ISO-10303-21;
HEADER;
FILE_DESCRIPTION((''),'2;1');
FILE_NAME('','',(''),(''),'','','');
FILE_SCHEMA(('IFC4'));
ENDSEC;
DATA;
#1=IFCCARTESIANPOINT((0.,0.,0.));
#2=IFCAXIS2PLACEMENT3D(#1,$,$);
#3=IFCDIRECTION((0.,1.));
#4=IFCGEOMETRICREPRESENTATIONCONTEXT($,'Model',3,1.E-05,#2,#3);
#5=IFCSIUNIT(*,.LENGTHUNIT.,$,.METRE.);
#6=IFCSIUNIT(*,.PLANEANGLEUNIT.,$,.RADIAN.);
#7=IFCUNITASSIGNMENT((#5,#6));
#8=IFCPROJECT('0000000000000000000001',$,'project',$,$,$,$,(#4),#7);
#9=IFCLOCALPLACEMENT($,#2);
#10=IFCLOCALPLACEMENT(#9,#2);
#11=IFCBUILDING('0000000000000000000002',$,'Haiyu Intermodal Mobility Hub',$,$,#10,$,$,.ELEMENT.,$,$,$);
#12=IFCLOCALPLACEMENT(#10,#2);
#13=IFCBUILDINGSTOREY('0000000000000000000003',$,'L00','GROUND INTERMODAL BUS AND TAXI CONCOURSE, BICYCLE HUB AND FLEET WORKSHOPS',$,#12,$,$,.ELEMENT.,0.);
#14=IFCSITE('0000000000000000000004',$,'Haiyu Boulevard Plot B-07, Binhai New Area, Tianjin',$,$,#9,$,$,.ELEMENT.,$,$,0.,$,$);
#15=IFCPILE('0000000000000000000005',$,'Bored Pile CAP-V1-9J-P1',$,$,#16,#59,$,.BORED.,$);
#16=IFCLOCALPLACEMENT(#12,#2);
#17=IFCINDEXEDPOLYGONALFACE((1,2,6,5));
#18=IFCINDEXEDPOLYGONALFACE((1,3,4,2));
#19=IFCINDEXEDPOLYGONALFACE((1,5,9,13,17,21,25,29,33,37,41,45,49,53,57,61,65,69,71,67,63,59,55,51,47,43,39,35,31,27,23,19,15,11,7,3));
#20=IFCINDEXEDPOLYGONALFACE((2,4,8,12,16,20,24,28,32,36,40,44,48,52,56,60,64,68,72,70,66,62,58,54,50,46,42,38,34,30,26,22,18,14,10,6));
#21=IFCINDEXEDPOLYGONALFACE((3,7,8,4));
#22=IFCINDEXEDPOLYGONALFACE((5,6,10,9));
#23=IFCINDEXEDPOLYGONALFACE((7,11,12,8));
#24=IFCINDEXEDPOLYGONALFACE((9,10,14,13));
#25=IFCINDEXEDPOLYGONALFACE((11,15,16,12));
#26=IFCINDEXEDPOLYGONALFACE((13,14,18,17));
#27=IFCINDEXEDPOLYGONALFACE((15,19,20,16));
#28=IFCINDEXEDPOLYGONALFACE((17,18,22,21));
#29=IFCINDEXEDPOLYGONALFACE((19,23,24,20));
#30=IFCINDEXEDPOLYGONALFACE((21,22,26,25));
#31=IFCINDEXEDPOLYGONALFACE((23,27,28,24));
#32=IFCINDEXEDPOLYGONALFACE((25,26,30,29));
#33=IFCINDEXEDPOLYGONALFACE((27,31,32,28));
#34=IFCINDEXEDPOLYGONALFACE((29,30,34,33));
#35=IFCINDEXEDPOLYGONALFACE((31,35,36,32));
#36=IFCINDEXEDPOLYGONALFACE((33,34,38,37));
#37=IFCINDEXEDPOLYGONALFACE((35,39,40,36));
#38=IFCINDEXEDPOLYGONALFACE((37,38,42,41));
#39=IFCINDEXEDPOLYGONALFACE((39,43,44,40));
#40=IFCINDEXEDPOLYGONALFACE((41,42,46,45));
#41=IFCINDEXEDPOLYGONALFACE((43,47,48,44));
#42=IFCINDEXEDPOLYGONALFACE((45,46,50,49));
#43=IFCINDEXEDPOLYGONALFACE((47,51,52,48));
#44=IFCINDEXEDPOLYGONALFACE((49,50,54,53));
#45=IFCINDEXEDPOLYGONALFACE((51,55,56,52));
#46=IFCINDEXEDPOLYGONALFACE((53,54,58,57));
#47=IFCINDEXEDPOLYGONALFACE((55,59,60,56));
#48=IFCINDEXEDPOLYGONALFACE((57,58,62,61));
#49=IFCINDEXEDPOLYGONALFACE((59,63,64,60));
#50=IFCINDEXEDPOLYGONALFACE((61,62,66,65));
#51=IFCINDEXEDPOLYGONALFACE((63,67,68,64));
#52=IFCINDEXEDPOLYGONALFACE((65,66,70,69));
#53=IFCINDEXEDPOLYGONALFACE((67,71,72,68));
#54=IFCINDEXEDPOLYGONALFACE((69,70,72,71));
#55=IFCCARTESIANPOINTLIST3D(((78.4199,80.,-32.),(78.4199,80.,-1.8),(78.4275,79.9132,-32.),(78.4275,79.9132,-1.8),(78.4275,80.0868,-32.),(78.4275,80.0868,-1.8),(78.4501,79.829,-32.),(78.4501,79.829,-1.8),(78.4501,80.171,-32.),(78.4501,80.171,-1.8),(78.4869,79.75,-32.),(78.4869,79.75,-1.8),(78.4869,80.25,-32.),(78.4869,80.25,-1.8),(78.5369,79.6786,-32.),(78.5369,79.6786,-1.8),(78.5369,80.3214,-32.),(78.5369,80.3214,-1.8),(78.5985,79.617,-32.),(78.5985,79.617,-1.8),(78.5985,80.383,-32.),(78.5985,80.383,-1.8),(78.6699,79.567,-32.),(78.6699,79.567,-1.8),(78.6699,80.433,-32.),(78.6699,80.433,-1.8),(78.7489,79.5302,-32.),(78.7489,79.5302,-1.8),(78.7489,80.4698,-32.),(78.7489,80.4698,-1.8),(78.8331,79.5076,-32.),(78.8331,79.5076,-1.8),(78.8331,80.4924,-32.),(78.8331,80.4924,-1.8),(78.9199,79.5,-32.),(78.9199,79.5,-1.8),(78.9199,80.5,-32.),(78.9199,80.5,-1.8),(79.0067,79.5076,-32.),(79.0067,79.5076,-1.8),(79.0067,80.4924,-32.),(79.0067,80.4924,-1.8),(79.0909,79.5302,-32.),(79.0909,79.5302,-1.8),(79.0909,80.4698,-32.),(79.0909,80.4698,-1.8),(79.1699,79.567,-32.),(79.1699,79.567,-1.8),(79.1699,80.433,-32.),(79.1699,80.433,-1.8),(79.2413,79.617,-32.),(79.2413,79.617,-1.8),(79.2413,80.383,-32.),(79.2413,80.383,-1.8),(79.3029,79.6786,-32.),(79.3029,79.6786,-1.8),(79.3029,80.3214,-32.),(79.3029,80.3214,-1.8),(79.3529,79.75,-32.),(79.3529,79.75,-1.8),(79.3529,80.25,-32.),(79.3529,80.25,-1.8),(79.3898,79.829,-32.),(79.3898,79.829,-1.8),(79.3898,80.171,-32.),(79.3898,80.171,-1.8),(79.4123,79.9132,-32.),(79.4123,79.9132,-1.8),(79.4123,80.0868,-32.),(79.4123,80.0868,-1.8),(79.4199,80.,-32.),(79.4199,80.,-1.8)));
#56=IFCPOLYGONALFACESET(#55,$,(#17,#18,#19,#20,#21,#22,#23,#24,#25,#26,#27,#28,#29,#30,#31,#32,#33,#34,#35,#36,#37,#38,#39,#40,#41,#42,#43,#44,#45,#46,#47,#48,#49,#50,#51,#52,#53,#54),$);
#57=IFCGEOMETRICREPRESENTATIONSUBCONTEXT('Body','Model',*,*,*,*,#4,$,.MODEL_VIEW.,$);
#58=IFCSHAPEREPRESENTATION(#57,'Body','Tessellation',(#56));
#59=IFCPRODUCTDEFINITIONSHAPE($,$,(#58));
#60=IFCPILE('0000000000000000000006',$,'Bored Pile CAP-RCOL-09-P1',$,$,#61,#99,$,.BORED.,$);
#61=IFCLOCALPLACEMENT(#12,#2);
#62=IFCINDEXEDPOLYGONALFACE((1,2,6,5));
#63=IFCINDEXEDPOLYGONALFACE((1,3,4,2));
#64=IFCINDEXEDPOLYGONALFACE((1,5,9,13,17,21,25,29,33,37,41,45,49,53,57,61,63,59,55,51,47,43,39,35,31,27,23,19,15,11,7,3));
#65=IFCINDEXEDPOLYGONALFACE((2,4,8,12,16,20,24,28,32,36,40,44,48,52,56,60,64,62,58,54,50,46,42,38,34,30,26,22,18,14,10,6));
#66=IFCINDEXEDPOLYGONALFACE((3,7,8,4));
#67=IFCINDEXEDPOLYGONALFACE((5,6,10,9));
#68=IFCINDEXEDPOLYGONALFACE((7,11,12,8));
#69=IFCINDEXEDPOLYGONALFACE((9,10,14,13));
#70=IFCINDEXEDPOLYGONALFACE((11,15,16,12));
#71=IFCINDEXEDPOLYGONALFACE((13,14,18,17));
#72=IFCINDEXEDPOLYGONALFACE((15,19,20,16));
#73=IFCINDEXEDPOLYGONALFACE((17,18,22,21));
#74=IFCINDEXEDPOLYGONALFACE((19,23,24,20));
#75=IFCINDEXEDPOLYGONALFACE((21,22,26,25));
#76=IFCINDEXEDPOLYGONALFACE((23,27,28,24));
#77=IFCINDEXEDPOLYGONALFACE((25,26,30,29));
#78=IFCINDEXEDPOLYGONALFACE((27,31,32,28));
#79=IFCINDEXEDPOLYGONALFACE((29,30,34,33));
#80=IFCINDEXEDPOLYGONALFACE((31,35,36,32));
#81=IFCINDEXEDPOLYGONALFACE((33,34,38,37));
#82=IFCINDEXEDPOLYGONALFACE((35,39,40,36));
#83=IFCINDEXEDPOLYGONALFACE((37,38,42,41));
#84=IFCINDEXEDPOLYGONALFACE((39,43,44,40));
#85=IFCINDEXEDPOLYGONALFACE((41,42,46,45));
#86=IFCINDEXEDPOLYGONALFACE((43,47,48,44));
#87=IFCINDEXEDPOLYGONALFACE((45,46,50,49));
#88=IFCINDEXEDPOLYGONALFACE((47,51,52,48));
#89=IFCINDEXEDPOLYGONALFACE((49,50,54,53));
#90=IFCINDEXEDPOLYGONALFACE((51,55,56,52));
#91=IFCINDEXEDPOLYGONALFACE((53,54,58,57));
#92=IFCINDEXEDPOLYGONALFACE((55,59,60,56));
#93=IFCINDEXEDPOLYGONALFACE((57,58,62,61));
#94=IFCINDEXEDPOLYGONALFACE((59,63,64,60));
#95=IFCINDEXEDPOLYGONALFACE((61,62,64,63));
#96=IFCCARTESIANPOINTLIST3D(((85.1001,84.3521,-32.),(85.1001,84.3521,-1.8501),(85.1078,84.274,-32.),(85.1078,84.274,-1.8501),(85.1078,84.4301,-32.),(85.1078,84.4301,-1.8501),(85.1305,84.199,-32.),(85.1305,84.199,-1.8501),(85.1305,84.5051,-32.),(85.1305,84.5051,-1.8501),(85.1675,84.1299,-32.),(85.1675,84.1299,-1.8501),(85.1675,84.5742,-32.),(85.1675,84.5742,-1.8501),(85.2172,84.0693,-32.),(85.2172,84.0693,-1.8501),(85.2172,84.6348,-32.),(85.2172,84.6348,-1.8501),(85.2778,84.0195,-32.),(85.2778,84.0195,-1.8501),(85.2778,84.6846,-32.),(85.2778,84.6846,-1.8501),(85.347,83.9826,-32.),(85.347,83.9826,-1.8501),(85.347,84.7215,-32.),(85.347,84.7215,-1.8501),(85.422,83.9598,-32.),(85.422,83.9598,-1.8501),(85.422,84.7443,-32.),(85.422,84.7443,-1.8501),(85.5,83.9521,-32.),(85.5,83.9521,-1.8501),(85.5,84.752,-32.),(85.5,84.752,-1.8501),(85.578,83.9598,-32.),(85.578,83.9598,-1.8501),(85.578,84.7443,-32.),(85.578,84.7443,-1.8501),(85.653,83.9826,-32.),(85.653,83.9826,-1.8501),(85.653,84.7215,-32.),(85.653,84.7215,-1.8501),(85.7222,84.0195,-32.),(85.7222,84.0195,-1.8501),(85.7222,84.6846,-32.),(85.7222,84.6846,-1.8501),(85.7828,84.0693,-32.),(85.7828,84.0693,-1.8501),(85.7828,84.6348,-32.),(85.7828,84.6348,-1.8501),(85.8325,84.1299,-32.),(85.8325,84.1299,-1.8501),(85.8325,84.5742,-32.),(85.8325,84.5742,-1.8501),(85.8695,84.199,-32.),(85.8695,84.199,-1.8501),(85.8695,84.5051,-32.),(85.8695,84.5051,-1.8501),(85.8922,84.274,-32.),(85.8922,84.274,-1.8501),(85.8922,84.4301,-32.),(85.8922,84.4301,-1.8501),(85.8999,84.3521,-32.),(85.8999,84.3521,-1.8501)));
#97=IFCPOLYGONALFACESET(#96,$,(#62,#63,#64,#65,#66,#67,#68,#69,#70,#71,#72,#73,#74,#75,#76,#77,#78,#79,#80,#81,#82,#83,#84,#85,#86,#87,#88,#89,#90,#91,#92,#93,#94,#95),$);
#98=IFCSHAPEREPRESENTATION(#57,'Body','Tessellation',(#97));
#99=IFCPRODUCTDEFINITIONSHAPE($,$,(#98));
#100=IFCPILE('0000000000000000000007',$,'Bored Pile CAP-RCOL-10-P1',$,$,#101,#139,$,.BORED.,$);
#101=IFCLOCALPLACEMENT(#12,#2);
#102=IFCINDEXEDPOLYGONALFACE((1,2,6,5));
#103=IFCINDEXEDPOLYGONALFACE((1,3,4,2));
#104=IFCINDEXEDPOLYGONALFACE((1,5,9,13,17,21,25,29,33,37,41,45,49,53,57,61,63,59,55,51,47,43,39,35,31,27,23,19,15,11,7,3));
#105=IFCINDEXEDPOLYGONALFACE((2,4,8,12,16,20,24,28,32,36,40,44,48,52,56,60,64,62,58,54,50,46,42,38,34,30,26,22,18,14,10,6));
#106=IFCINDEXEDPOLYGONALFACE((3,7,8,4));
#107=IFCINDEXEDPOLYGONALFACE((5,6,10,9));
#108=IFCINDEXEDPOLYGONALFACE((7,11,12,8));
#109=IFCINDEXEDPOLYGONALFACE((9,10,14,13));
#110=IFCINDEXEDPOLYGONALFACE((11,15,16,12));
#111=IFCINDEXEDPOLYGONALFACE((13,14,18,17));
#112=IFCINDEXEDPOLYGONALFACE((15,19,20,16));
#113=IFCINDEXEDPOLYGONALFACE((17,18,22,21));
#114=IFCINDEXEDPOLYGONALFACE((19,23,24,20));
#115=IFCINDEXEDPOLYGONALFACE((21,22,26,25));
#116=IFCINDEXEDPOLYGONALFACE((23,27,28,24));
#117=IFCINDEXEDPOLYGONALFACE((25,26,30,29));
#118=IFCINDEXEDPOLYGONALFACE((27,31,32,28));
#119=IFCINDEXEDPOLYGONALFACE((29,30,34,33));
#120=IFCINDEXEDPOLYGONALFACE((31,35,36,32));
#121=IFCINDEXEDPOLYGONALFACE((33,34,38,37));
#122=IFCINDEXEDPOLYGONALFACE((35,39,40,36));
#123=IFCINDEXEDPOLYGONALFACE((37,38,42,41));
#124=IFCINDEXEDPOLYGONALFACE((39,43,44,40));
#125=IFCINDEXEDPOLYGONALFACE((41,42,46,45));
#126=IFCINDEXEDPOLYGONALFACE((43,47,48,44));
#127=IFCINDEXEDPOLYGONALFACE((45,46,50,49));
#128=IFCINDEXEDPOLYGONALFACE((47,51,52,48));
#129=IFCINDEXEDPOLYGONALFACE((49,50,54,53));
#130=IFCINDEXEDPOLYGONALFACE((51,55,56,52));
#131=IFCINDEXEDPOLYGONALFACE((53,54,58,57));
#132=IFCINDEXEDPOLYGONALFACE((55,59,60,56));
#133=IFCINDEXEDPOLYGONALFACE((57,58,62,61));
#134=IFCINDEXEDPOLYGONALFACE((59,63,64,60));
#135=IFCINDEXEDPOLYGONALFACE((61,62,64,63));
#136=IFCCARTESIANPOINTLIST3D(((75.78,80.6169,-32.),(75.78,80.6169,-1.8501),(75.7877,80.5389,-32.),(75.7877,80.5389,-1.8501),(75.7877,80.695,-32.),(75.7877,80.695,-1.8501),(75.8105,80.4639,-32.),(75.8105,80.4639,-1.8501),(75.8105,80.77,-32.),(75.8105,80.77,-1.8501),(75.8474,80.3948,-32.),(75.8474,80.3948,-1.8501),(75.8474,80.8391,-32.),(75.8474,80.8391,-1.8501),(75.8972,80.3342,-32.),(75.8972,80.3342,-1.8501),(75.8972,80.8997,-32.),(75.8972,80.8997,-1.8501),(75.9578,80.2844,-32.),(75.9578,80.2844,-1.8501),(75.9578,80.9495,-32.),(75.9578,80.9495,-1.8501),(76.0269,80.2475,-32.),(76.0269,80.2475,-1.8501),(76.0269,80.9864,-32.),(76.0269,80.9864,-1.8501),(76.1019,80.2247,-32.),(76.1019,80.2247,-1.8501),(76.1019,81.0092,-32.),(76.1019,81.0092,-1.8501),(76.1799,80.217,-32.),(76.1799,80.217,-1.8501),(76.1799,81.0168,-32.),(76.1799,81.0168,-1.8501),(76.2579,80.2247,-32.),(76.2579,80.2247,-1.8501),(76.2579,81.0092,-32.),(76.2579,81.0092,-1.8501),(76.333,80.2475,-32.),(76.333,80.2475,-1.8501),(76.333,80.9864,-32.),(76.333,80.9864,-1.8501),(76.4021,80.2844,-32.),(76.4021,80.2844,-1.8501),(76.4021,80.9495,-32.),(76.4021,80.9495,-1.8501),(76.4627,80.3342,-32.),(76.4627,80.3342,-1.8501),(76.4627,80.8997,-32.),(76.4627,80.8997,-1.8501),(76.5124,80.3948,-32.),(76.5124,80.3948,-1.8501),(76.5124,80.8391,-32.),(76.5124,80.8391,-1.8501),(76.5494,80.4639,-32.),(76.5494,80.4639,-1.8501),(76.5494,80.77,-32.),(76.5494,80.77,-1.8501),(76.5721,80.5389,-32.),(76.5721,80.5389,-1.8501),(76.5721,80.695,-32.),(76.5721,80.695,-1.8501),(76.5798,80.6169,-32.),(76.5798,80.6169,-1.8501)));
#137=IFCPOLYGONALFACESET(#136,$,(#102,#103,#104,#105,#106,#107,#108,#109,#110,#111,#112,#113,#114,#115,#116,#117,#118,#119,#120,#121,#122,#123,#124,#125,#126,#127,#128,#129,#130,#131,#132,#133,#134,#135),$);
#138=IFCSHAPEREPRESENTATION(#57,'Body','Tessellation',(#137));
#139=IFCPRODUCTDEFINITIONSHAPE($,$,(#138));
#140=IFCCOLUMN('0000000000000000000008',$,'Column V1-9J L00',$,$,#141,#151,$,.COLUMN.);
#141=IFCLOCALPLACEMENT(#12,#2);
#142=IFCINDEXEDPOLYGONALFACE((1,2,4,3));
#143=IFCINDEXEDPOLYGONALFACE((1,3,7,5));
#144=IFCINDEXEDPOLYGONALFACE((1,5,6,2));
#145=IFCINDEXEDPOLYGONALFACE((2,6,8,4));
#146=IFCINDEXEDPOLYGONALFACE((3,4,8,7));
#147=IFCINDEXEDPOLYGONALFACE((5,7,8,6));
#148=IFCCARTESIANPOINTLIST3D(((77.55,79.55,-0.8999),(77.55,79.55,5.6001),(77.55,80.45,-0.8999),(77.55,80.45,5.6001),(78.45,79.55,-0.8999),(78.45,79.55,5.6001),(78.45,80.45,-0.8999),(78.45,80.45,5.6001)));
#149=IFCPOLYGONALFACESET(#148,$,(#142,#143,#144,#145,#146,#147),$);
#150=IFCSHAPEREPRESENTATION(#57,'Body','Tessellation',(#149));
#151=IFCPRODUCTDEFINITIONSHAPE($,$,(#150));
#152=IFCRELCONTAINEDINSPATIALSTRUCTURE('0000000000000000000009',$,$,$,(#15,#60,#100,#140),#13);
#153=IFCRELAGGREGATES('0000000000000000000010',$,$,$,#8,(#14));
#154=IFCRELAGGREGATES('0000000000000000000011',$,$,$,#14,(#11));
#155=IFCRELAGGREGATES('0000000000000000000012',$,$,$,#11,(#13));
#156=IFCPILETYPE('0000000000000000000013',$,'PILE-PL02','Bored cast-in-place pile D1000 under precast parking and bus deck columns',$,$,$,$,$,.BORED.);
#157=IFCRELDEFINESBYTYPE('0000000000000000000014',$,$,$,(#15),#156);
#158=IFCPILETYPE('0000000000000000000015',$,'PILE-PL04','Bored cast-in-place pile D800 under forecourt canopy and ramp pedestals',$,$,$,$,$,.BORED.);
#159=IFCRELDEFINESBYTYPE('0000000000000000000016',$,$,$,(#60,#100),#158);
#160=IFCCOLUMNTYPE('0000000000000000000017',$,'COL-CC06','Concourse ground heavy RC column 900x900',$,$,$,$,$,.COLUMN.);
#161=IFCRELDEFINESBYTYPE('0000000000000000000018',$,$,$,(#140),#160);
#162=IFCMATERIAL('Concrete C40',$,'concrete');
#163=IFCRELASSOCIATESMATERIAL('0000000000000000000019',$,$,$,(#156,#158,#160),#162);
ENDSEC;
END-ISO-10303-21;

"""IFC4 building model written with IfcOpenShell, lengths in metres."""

from ifc_helpers import new_model, si_unit, direction, frame, origin, origin_2d, place, context, subcontext, project, spatial, rectangle, circle, extrude, material, material_profile, profile_set, type_object, element, save


model = new_model("IFC4")

# Units and contexts
model_context = context("Model", 3, precision=1e-05, world=origin(), true_north=direction((0.0, 1.0)))
body_context = subcontext(model_context, "Body", "Model", "MODEL_VIEW")
ifc_project = project(units=[si_unit("LENGTHUNIT", "METRE"), si_unit("PLANEANGLEUNIT", "RADIAN")], contexts=[model_context])

# Site, building, storey
site_placement = place(None, origin())
site = spatial("IfcSite", under=ifc_project, at=site_placement, Name="Haiyu Boulevard Plot B-07, Binhai New Area, Tianjin", CompositionType="ELEMENT", RefElevation=0.0)
building_placement = place(site_placement, origin())
building = spatial("IfcBuilding", under=site, at=building_placement, Name="Haiyu Intermodal Mobility Hub", CompositionType="ELEMENT")
storey_placement = place(building_placement, origin())
storey = spatial("IfcBuildingStorey", under=building, at=storey_placement, Name="L00", Description="GROUND INTERMODAL BUS AND TAXI CONCOURSE, BICYCLE HUB AND FLEET WORKSHOPS", CompositionType="ELEMENT", Elevation=0.0)

# Shared definitions
ifc_material_1 = material(Name="Concrete C40", Category="concrete")

# Piles
ifc_material_profile_1 = material_profile(ifc_material_1, circle(Radius=0.5, at=origin_2d()), Name="PILE-D1000")
ifc_profile_set_1 = profile_set([ifc_material_profile_1], Name="Concrete C40")
pile_type_1 = type_object("IfcPileType", Name="PILE-PL02", Description="Bored cast-in-place pile D1000 under precast parking and bus deck columns", PredefinedType="BORED", material=ifc_profile_set_1)
pile_placement = place(storey_placement, frame((78.9199, 80.0, -1.8), z_axis=(0.0, 0.0, -1.0), x_axis=(1.0, 0.0, 0.0)))
element("IfcPile", 1, at=pile_placement, inside=storey, type_object=pile_type_1, Name="Bored Pile CAP-V1-9J-P1", PredefinedType="BORED", context=body_context, shape_type="SweptSolid", body=[
    extrude(circle(Radius=0.5, at=origin_2d()), origin(), (0.0, 0.0, 1.0), 30.2),
])
ifc_material_profile_2 = material_profile(ifc_material_1, circle(Radius=0.3999, at=origin_2d()), Name="PILE-D800")
ifc_profile_set_2 = profile_set([ifc_material_profile_2], Name="Concrete C40")
pile_type_2 = type_object("IfcPileType", Name="PILE-PL04", Description="Bored cast-in-place pile D800 under forecourt canopy and ramp pedestals", PredefinedType="BORED", material=ifc_profile_set_2)
for number, where, z_axis, x_axis, name in (
    (2, (85.5, 84.3521, -1.8501), (0.0, 0.0, -1.0), (1.0, 0.0, 0.0), "Bored Pile CAP-RCOL-09-P1"),
    (3, (76.1799, 80.6169, -1.8501), (0.0, 0.0, -1.0), (1.0, 0.0, 0.0), "Bored Pile CAP-RCOL-10-P1"),
):
    element("IfcPile", number, at=place(storey_placement, frame(where, z_axis=z_axis, x_axis=x_axis)), inside=storey, type_object=pile_type_2, Name=name, PredefinedType="BORED", context=body_context, shape_type="SweptSolid", body=[
        extrude(circle(Radius=0.3999, at=origin_2d()), origin(), (0.0, 0.0, 1.0), 30.1499),
    ])

# Column
ifc_material_profile_3 = material_profile(ifc_material_1, rectangle(XDim=0.8999, YDim=0.8999, at=origin_2d()), Name="RC900x900")
ifc_profile_set_3 = profile_set([ifc_material_profile_3], Name="Concrete C40")
column_type_1 = type_object("IfcColumnType", Name="COL-CC06", Description="Concourse ground heavy RC column 900x900", PredefinedType="COLUMN", material=ifc_profile_set_3)
column_1_placement = place(storey_placement, frame((78.0, 80.0, -0.8999), z_axis=(0.0, 0.0, 1.0), x_axis=(1.0, 0.0, 0.0)))
element("IfcColumn", 4, at=column_1_placement, inside=storey, type_object=column_type_1, Name="Column V1-9J L00", PredefinedType="COLUMN", context=body_context, shape_type="SweptSolid", body=[
    extrude(rectangle(XDim=0.8999, YDim=0.8999, at=origin_2d()), origin(), (0.0, 0.0, 1.0), 6.5),
])

save(model, "model.ifc")
